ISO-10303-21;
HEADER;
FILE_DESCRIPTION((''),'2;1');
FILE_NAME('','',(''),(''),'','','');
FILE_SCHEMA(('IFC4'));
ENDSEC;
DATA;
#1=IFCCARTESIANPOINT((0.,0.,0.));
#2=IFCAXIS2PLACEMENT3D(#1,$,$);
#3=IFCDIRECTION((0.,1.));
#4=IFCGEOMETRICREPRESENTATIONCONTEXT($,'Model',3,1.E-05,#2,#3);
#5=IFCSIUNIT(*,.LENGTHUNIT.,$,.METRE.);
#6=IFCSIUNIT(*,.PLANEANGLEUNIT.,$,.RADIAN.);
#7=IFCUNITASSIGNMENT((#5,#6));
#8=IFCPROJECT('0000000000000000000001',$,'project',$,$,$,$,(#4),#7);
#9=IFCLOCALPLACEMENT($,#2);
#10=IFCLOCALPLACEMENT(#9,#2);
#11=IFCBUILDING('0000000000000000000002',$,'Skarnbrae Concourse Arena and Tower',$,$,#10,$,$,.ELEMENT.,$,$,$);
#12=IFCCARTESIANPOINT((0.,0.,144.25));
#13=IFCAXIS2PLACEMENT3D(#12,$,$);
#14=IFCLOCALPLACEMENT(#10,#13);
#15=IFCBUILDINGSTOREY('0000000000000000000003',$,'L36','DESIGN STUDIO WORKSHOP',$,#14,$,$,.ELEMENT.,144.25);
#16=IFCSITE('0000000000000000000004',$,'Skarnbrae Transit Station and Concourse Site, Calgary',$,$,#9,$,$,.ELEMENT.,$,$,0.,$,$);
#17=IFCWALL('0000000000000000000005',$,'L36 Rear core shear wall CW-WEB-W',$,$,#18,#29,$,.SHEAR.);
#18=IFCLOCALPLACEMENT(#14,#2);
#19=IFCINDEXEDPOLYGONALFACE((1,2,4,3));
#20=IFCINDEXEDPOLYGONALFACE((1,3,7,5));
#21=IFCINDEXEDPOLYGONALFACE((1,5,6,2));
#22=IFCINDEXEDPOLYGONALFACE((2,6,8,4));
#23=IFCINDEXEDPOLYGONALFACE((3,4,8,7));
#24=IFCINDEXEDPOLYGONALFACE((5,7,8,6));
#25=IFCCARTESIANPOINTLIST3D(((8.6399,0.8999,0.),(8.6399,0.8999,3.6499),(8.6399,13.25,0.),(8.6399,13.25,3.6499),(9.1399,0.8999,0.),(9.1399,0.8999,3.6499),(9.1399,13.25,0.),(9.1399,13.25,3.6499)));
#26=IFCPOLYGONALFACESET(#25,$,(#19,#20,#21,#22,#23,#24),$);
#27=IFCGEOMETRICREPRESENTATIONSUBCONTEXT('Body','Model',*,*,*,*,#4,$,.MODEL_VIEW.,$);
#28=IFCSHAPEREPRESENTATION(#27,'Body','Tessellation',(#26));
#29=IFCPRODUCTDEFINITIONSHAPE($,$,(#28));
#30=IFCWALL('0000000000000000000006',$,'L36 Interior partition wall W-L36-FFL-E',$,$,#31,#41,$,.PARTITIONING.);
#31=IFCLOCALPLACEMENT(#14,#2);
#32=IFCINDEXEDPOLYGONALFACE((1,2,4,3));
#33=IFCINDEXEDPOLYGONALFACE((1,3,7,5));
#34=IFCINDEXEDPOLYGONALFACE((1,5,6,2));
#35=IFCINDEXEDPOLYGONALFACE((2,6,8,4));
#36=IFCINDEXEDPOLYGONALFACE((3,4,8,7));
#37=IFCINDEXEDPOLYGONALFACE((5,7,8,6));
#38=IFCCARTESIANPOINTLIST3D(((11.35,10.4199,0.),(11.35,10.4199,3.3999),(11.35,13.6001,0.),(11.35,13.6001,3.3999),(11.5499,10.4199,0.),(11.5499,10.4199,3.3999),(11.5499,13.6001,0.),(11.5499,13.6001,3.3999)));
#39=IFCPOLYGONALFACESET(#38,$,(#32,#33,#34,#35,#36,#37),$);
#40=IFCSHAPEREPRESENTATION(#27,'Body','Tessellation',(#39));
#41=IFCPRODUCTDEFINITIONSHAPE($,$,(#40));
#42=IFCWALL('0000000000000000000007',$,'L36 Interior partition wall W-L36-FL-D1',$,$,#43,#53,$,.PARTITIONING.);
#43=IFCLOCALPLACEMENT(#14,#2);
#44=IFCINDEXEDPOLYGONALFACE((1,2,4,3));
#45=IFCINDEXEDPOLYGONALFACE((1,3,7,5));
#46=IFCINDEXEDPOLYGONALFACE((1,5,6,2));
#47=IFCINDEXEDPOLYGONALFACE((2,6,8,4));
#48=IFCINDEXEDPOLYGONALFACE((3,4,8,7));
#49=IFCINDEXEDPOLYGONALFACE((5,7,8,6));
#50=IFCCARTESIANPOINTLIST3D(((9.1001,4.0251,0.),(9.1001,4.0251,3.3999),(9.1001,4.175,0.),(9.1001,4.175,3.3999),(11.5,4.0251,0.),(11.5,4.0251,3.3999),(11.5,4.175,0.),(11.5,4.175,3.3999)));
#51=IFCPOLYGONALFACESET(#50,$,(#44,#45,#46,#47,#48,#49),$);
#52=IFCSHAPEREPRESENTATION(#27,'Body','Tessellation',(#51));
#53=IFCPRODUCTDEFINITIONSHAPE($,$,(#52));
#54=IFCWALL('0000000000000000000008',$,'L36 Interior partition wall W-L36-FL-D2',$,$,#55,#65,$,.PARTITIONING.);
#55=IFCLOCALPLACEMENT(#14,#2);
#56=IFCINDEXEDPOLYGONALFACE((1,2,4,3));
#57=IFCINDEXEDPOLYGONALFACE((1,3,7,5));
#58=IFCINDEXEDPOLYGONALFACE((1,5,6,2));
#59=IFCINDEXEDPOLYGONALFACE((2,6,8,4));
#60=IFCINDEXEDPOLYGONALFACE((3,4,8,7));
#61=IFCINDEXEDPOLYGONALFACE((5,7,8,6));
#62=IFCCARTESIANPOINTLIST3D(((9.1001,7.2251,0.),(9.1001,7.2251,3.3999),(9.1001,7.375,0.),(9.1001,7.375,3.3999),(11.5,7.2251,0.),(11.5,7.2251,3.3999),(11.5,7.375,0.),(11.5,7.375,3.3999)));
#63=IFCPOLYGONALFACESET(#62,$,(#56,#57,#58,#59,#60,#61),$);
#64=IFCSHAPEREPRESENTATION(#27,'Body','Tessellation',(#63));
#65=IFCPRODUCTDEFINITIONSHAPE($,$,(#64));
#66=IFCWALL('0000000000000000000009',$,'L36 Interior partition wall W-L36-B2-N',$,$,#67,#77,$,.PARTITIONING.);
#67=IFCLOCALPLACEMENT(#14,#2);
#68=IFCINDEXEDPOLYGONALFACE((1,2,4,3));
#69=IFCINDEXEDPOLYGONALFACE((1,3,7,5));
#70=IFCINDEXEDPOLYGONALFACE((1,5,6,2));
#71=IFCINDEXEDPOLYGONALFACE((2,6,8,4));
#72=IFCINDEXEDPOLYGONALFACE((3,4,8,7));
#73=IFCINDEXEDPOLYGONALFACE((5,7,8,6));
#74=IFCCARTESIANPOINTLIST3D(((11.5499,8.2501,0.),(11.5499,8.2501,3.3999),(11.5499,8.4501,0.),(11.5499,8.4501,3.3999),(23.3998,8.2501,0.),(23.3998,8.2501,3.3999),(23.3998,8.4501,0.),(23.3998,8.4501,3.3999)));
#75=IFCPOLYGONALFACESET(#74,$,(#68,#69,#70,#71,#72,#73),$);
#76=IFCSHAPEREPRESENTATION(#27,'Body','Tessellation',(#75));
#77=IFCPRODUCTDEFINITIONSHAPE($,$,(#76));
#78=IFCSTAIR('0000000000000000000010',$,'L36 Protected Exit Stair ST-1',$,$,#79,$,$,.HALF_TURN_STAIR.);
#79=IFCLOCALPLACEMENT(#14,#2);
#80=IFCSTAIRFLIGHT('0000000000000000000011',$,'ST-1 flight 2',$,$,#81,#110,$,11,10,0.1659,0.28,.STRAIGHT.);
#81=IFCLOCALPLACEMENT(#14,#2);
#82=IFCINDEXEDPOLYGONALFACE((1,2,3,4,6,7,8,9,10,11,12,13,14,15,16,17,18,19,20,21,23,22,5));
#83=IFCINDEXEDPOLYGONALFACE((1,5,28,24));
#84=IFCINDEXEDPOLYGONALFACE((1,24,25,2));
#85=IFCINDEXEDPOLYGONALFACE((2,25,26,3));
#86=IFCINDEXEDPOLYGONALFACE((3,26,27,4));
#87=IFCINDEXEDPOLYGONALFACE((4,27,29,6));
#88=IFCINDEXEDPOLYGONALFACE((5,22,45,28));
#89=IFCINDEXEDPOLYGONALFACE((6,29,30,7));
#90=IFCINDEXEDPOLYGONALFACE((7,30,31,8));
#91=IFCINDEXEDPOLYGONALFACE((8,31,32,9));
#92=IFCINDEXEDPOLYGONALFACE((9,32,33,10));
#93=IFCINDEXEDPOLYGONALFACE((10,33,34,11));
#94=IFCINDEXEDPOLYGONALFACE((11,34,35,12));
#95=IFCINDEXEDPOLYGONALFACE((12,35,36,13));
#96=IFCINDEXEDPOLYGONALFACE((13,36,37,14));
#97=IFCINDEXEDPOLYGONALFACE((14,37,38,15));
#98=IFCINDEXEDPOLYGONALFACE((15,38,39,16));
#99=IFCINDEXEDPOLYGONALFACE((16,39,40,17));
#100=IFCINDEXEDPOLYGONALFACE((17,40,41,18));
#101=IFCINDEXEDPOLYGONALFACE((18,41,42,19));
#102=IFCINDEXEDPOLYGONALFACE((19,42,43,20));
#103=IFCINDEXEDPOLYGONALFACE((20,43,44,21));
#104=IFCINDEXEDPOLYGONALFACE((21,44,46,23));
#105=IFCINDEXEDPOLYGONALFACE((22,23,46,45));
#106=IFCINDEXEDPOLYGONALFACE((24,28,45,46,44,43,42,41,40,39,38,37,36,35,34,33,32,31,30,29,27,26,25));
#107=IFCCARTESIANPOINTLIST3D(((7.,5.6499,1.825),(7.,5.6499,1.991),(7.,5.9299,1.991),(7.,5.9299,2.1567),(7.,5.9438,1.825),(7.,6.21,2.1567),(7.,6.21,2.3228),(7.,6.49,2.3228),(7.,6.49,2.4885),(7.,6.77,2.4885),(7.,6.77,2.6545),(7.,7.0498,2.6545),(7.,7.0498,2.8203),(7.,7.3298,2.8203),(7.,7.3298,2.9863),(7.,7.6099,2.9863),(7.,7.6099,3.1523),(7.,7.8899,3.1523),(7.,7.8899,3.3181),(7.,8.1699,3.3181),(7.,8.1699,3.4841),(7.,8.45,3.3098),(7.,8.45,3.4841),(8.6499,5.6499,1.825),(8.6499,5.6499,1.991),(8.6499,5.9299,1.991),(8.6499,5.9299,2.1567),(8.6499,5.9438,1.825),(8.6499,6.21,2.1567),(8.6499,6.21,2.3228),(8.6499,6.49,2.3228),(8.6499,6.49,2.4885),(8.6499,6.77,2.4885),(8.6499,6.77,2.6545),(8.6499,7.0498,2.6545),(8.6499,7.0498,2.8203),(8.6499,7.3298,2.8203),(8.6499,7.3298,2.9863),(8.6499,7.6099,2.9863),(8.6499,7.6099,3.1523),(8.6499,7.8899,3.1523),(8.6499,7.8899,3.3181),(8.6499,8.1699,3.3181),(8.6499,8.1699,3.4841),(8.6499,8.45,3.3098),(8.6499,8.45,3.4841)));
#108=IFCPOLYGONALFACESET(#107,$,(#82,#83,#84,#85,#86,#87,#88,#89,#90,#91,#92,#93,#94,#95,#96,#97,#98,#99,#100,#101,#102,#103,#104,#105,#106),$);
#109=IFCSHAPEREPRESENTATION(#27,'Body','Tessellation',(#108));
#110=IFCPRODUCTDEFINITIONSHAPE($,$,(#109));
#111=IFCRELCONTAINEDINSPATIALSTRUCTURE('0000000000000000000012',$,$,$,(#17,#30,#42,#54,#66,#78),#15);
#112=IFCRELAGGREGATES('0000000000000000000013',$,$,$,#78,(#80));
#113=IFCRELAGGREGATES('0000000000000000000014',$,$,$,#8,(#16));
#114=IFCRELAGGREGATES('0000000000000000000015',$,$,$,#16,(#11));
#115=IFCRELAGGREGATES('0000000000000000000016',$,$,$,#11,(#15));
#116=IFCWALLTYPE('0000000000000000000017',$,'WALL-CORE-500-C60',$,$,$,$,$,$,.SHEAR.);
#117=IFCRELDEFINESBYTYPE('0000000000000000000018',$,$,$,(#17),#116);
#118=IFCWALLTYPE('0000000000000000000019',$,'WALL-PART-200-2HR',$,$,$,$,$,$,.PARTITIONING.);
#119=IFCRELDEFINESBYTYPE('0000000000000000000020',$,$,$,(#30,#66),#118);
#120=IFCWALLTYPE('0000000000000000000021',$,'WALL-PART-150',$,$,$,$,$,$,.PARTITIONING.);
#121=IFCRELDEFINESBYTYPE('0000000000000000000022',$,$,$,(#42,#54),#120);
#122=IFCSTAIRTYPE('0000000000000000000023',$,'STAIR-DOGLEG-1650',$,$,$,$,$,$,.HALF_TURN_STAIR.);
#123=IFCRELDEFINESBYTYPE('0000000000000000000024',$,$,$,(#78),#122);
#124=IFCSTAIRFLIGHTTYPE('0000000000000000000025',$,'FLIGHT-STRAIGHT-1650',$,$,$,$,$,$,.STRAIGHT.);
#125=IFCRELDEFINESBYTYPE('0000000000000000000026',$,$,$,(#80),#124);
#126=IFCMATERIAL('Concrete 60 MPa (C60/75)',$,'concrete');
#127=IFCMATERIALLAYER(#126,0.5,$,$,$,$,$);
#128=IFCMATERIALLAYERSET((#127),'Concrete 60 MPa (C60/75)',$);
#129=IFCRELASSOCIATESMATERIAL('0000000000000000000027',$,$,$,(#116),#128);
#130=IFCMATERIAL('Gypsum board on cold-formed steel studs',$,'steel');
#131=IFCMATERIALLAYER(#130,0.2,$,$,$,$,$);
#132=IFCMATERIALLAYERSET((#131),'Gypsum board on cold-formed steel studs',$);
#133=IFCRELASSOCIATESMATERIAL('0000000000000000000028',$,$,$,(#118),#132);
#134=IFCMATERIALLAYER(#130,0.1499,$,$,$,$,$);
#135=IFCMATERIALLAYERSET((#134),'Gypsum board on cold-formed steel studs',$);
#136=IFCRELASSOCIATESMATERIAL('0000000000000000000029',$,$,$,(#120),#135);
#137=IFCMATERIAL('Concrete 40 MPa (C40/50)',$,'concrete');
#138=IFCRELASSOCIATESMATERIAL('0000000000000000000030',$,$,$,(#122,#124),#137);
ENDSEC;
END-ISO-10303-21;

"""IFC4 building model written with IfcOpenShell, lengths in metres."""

from ifc_helpers import new_model, si_unit, direction, frame, frame_2d, origin, place, context, subcontext, project, spatial, polyline, rectangle, outline, extrude, source, transform, mapped, material, layer, layer_set, type_object, element, aggregate, save


model = new_model("IFC4")

# Units and contexts
model_context = context("Model", 3, precision=1e-05, world=origin(), true_north=direction((0.0, 1.0)))
body_context = subcontext(model_context, "Body", "Model", "MODEL_VIEW")
ifc_project = project(units=[si_unit("LENGTHUNIT", "METRE"), si_unit("PLANEANGLEUNIT", "RADIAN")], contexts=[model_context])

# Site, building, storey
site_placement = place(None, origin())
site = spatial("IfcSite", under=ifc_project, at=site_placement, Name="Skarnbrae Transit Station and Concourse Site, Calgary", CompositionType="ELEMENT", RefElevation=0.0)
building_placement = place(site_placement, origin())
building = spatial("IfcBuilding", under=site, at=building_placement, Name="Skarnbrae Concourse Arena and Tower", CompositionType="ELEMENT")
storey_placement = place(building_placement, frame((0.0, 0.0, 144.25)))
storey = spatial("IfcBuildingStorey", under=building, at=storey_placement, Name="L36", Description="DESIGN STUDIO WORKSHOP", CompositionType="ELEMENT", Elevation=144.25)

# Walls
ifc_material_1 = material(Name="Concrete 60 MPa (C60/75)", Category="concrete")
ifc_layer_1 = layer(ifc_material_1, 0.5)
ifc_layer_set_1 = layer_set([ifc_layer_1], Name="Concrete 60 MPa (C60/75)")
wall_type_1 = type_object("IfcWallType", Name="WALL-CORE-500-C60", PredefinedType="SHEAR", material=ifc_layer_set_1)
shared_shape_1 = source(origin(), body_context, "Body", "SweptSolid", [
    extrude(rectangle(XDim=12.3501, YDim=0.5, at=frame_2d((6.175, 0.0))), origin(), (0.0, 0.0, 1.0), 3.6499),
])
wall_1_placement = place(storey_placement, frame((8.8899, 0.8999, 0.0), z_axis=(0.0, 0.0, 1.0), x_axis=(0.0, 1.0, 0.0)))
element("IfcWall", 1, at=wall_1_placement, inside=storey, type_object=wall_type_1, Name="L36 Rear core shear wall CW-WEB-W", PredefinedType="SHEAR", context=body_context, shape_type="MappedRepresentation", body=[
    mapped(shared_shape_1, transform((0.0, 0.0, 0.0))),
])
ifc_material_2 = material(Name="Gypsum board on cold-formed steel studs", Category="steel")
ifc_layer_2 = layer(ifc_material_2, 0.2)
ifc_layer_set_2 = layer_set([ifc_layer_2], Name="Gypsum board on cold-formed steel studs")
wall_type_2 = type_object("IfcWallType", Name="WALL-PART-200-2HR", PredefinedType="PARTITIONING", material=ifc_layer_set_2)
shared_shape_2 = source(origin(), body_context, "Body", "SweptSolid", [
    extrude(rectangle(XDim=3.1802, YDim=0.2, at=frame_2d((1.5901, 0.0))), origin(), (0.0, 0.0, 1.0), 3.3999),
])
wall_2_placement = place(storey_placement, frame((11.45, 10.4199, 0.0), z_axis=(0.0, 0.0, 1.0), x_axis=(0.0, 1.0, 0.0)))
element("IfcWall", 2, at=wall_2_placement, inside=storey, type_object=wall_type_2, Name="L36 Interior partition wall W-L36-FFL-E", PredefinedType="PARTITIONING", context=body_context, shape_type="MappedRepresentation", body=[
    mapped(shared_shape_2, transform((0.0, 0.0, 0.0))),
])

# Walls
ifc_layer_3 = layer(ifc_material_2, 0.1499)
ifc_layer_set_3 = layer_set([ifc_layer_3], Name="Gypsum board on cold-formed steel studs")
wall_type_3 = type_object("IfcWallType", Name="WALL-PART-150", PredefinedType="PARTITIONING", material=ifc_layer_set_3)
shared_shape_3 = source(origin(), body_context, "Body", "SweptSolid", [
    extrude(rectangle(XDim=2.3999, YDim=0.1499, at=frame_2d((1.2, 0.0))), origin(), (0.0, 0.0, 1.0), 3.3999),
])
for number, where, z_axis, x_axis, name in (
    (3, (9.1001, 4.1001, 0.0), (0.0, 0.0, 1.0), (1.0, 0.0, 0.0), "L36 Interior partition wall W-L36-FL-D1"),
    (4, (9.1001, 7.3, 0.0), (0.0, 0.0, 1.0), (1.0, 0.0, 0.0), "L36 Interior partition wall W-L36-FL-D2"),
):
    element("IfcWall", number, at=place(storey_placement, frame(where, z_axis=z_axis, x_axis=x_axis)), inside=storey, type_object=wall_type_3, Name=name, PredefinedType="PARTITIONING", context=body_context, shape_type="MappedRepresentation", body=[
        mapped(shared_shape_3, transform((0.0, 0.0, 0.0))),
    ])

# Shared definitions
shared_shape_4 = source(origin(), body_context, "Body", "SweptSolid", [
    extrude(rectangle(XDim=11.8499, YDim=0.2, at=frame_2d((5.9248, 0.0))), origin(), (0.0, 0.0, 1.0), 3.3999),
])

# Wall
wall_3_placement = place(storey_placement, frame((11.55, 8.3501, 0.0), z_axis=(0.0, 0.0, 1.0), x_axis=(1.0, 0.0, 0.0)))
element("IfcWall", 5, at=wall_3_placement, inside=storey, type_object=wall_type_2, Name="L36 Interior partition wall W-L36-B2-N", PredefinedType="PARTITIONING", context=body_context, shape_type="MappedRepresentation", body=[
    mapped(shared_shape_4, transform((0.0, 0.0, 0.0))),
])

# Stair, stair flight
ifc_material_3 = material(Name="Concrete 40 MPa (C40/50)", Category="concrete")
stair_type = type_object("IfcStairType", Name="STAIR-DOGLEG-1650", PredefinedType="HALF_TURN_STAIR", material=ifc_material_3)
stair_placement = place(storey_placement, origin())
stair = element("IfcStair", 6, at=stair_placement, inside=storey, type_object=stair_type, Name="L36 Protected Exit Stair ST-1", PredefinedType="HALF_TURN_STAIR")
stair_flight_type = type_object("IfcStairFlightType", Name="FLIGHT-STRAIGHT-1650", PredefinedType="STRAIGHT", material=ifc_material_3)
shared_shape_5 = source(origin(), body_context, "Body", "SweptSolid", [
    extrude(outline(polyline([(0.0, 0.0), (0.0, 0.166), (0.28, 0.166), (0.28, 0.3318), (0.5601, 0.3318), (0.5601, 0.4978), (0.8401, 0.4978), (0.8401, 0.6636), (1.1201, 0.6636), (1.1201, 0.8296), (1.3999, 0.8296), (1.3999, 0.9954), (1.6799, 0.9954), (1.6799, 1.1614), (1.96, 1.1614), (1.96, 1.3274), (2.24, 1.3274), (2.24, 1.4932), (2.52, 1.4932), (2.52, 1.6592), (2.8, 1.6592), (2.8, 1.825), (2.8, 1.4849), (0.2939, 0.0), (0.0, 0.0)])), frame((0.0, 0.825, 0.0), z_axis=(0.0, -1.0, 0.0), x_axis=(1.0, 0.0, 0.0)), (0.0, 0.0, 1.0), 1.6499),
])
stair_flight_placement = place(storey_placement, frame((7.825, 5.6499, 1.825), z_axis=(0.0, 0.0, 1.0), x_axis=(0.0, 1.0, 0.0)))
stair_flight = element("IfcStairFlight", 7, at=stair_flight_placement, type_object=stair_flight_type, Name="ST-1 flight 2", NumberOfRisers=11, NumberOfTreads=10, PredefinedType="STRAIGHT", RiserHeight=0.1659, TreadLength=0.28, context=body_context, shape_type="MappedRepresentation", body=[
    mapped(shared_shape_5, transform((0.0, 0.0, 0.0))),
])
aggregate(stair, [stair_flight])

save(model, "model.ifc")
